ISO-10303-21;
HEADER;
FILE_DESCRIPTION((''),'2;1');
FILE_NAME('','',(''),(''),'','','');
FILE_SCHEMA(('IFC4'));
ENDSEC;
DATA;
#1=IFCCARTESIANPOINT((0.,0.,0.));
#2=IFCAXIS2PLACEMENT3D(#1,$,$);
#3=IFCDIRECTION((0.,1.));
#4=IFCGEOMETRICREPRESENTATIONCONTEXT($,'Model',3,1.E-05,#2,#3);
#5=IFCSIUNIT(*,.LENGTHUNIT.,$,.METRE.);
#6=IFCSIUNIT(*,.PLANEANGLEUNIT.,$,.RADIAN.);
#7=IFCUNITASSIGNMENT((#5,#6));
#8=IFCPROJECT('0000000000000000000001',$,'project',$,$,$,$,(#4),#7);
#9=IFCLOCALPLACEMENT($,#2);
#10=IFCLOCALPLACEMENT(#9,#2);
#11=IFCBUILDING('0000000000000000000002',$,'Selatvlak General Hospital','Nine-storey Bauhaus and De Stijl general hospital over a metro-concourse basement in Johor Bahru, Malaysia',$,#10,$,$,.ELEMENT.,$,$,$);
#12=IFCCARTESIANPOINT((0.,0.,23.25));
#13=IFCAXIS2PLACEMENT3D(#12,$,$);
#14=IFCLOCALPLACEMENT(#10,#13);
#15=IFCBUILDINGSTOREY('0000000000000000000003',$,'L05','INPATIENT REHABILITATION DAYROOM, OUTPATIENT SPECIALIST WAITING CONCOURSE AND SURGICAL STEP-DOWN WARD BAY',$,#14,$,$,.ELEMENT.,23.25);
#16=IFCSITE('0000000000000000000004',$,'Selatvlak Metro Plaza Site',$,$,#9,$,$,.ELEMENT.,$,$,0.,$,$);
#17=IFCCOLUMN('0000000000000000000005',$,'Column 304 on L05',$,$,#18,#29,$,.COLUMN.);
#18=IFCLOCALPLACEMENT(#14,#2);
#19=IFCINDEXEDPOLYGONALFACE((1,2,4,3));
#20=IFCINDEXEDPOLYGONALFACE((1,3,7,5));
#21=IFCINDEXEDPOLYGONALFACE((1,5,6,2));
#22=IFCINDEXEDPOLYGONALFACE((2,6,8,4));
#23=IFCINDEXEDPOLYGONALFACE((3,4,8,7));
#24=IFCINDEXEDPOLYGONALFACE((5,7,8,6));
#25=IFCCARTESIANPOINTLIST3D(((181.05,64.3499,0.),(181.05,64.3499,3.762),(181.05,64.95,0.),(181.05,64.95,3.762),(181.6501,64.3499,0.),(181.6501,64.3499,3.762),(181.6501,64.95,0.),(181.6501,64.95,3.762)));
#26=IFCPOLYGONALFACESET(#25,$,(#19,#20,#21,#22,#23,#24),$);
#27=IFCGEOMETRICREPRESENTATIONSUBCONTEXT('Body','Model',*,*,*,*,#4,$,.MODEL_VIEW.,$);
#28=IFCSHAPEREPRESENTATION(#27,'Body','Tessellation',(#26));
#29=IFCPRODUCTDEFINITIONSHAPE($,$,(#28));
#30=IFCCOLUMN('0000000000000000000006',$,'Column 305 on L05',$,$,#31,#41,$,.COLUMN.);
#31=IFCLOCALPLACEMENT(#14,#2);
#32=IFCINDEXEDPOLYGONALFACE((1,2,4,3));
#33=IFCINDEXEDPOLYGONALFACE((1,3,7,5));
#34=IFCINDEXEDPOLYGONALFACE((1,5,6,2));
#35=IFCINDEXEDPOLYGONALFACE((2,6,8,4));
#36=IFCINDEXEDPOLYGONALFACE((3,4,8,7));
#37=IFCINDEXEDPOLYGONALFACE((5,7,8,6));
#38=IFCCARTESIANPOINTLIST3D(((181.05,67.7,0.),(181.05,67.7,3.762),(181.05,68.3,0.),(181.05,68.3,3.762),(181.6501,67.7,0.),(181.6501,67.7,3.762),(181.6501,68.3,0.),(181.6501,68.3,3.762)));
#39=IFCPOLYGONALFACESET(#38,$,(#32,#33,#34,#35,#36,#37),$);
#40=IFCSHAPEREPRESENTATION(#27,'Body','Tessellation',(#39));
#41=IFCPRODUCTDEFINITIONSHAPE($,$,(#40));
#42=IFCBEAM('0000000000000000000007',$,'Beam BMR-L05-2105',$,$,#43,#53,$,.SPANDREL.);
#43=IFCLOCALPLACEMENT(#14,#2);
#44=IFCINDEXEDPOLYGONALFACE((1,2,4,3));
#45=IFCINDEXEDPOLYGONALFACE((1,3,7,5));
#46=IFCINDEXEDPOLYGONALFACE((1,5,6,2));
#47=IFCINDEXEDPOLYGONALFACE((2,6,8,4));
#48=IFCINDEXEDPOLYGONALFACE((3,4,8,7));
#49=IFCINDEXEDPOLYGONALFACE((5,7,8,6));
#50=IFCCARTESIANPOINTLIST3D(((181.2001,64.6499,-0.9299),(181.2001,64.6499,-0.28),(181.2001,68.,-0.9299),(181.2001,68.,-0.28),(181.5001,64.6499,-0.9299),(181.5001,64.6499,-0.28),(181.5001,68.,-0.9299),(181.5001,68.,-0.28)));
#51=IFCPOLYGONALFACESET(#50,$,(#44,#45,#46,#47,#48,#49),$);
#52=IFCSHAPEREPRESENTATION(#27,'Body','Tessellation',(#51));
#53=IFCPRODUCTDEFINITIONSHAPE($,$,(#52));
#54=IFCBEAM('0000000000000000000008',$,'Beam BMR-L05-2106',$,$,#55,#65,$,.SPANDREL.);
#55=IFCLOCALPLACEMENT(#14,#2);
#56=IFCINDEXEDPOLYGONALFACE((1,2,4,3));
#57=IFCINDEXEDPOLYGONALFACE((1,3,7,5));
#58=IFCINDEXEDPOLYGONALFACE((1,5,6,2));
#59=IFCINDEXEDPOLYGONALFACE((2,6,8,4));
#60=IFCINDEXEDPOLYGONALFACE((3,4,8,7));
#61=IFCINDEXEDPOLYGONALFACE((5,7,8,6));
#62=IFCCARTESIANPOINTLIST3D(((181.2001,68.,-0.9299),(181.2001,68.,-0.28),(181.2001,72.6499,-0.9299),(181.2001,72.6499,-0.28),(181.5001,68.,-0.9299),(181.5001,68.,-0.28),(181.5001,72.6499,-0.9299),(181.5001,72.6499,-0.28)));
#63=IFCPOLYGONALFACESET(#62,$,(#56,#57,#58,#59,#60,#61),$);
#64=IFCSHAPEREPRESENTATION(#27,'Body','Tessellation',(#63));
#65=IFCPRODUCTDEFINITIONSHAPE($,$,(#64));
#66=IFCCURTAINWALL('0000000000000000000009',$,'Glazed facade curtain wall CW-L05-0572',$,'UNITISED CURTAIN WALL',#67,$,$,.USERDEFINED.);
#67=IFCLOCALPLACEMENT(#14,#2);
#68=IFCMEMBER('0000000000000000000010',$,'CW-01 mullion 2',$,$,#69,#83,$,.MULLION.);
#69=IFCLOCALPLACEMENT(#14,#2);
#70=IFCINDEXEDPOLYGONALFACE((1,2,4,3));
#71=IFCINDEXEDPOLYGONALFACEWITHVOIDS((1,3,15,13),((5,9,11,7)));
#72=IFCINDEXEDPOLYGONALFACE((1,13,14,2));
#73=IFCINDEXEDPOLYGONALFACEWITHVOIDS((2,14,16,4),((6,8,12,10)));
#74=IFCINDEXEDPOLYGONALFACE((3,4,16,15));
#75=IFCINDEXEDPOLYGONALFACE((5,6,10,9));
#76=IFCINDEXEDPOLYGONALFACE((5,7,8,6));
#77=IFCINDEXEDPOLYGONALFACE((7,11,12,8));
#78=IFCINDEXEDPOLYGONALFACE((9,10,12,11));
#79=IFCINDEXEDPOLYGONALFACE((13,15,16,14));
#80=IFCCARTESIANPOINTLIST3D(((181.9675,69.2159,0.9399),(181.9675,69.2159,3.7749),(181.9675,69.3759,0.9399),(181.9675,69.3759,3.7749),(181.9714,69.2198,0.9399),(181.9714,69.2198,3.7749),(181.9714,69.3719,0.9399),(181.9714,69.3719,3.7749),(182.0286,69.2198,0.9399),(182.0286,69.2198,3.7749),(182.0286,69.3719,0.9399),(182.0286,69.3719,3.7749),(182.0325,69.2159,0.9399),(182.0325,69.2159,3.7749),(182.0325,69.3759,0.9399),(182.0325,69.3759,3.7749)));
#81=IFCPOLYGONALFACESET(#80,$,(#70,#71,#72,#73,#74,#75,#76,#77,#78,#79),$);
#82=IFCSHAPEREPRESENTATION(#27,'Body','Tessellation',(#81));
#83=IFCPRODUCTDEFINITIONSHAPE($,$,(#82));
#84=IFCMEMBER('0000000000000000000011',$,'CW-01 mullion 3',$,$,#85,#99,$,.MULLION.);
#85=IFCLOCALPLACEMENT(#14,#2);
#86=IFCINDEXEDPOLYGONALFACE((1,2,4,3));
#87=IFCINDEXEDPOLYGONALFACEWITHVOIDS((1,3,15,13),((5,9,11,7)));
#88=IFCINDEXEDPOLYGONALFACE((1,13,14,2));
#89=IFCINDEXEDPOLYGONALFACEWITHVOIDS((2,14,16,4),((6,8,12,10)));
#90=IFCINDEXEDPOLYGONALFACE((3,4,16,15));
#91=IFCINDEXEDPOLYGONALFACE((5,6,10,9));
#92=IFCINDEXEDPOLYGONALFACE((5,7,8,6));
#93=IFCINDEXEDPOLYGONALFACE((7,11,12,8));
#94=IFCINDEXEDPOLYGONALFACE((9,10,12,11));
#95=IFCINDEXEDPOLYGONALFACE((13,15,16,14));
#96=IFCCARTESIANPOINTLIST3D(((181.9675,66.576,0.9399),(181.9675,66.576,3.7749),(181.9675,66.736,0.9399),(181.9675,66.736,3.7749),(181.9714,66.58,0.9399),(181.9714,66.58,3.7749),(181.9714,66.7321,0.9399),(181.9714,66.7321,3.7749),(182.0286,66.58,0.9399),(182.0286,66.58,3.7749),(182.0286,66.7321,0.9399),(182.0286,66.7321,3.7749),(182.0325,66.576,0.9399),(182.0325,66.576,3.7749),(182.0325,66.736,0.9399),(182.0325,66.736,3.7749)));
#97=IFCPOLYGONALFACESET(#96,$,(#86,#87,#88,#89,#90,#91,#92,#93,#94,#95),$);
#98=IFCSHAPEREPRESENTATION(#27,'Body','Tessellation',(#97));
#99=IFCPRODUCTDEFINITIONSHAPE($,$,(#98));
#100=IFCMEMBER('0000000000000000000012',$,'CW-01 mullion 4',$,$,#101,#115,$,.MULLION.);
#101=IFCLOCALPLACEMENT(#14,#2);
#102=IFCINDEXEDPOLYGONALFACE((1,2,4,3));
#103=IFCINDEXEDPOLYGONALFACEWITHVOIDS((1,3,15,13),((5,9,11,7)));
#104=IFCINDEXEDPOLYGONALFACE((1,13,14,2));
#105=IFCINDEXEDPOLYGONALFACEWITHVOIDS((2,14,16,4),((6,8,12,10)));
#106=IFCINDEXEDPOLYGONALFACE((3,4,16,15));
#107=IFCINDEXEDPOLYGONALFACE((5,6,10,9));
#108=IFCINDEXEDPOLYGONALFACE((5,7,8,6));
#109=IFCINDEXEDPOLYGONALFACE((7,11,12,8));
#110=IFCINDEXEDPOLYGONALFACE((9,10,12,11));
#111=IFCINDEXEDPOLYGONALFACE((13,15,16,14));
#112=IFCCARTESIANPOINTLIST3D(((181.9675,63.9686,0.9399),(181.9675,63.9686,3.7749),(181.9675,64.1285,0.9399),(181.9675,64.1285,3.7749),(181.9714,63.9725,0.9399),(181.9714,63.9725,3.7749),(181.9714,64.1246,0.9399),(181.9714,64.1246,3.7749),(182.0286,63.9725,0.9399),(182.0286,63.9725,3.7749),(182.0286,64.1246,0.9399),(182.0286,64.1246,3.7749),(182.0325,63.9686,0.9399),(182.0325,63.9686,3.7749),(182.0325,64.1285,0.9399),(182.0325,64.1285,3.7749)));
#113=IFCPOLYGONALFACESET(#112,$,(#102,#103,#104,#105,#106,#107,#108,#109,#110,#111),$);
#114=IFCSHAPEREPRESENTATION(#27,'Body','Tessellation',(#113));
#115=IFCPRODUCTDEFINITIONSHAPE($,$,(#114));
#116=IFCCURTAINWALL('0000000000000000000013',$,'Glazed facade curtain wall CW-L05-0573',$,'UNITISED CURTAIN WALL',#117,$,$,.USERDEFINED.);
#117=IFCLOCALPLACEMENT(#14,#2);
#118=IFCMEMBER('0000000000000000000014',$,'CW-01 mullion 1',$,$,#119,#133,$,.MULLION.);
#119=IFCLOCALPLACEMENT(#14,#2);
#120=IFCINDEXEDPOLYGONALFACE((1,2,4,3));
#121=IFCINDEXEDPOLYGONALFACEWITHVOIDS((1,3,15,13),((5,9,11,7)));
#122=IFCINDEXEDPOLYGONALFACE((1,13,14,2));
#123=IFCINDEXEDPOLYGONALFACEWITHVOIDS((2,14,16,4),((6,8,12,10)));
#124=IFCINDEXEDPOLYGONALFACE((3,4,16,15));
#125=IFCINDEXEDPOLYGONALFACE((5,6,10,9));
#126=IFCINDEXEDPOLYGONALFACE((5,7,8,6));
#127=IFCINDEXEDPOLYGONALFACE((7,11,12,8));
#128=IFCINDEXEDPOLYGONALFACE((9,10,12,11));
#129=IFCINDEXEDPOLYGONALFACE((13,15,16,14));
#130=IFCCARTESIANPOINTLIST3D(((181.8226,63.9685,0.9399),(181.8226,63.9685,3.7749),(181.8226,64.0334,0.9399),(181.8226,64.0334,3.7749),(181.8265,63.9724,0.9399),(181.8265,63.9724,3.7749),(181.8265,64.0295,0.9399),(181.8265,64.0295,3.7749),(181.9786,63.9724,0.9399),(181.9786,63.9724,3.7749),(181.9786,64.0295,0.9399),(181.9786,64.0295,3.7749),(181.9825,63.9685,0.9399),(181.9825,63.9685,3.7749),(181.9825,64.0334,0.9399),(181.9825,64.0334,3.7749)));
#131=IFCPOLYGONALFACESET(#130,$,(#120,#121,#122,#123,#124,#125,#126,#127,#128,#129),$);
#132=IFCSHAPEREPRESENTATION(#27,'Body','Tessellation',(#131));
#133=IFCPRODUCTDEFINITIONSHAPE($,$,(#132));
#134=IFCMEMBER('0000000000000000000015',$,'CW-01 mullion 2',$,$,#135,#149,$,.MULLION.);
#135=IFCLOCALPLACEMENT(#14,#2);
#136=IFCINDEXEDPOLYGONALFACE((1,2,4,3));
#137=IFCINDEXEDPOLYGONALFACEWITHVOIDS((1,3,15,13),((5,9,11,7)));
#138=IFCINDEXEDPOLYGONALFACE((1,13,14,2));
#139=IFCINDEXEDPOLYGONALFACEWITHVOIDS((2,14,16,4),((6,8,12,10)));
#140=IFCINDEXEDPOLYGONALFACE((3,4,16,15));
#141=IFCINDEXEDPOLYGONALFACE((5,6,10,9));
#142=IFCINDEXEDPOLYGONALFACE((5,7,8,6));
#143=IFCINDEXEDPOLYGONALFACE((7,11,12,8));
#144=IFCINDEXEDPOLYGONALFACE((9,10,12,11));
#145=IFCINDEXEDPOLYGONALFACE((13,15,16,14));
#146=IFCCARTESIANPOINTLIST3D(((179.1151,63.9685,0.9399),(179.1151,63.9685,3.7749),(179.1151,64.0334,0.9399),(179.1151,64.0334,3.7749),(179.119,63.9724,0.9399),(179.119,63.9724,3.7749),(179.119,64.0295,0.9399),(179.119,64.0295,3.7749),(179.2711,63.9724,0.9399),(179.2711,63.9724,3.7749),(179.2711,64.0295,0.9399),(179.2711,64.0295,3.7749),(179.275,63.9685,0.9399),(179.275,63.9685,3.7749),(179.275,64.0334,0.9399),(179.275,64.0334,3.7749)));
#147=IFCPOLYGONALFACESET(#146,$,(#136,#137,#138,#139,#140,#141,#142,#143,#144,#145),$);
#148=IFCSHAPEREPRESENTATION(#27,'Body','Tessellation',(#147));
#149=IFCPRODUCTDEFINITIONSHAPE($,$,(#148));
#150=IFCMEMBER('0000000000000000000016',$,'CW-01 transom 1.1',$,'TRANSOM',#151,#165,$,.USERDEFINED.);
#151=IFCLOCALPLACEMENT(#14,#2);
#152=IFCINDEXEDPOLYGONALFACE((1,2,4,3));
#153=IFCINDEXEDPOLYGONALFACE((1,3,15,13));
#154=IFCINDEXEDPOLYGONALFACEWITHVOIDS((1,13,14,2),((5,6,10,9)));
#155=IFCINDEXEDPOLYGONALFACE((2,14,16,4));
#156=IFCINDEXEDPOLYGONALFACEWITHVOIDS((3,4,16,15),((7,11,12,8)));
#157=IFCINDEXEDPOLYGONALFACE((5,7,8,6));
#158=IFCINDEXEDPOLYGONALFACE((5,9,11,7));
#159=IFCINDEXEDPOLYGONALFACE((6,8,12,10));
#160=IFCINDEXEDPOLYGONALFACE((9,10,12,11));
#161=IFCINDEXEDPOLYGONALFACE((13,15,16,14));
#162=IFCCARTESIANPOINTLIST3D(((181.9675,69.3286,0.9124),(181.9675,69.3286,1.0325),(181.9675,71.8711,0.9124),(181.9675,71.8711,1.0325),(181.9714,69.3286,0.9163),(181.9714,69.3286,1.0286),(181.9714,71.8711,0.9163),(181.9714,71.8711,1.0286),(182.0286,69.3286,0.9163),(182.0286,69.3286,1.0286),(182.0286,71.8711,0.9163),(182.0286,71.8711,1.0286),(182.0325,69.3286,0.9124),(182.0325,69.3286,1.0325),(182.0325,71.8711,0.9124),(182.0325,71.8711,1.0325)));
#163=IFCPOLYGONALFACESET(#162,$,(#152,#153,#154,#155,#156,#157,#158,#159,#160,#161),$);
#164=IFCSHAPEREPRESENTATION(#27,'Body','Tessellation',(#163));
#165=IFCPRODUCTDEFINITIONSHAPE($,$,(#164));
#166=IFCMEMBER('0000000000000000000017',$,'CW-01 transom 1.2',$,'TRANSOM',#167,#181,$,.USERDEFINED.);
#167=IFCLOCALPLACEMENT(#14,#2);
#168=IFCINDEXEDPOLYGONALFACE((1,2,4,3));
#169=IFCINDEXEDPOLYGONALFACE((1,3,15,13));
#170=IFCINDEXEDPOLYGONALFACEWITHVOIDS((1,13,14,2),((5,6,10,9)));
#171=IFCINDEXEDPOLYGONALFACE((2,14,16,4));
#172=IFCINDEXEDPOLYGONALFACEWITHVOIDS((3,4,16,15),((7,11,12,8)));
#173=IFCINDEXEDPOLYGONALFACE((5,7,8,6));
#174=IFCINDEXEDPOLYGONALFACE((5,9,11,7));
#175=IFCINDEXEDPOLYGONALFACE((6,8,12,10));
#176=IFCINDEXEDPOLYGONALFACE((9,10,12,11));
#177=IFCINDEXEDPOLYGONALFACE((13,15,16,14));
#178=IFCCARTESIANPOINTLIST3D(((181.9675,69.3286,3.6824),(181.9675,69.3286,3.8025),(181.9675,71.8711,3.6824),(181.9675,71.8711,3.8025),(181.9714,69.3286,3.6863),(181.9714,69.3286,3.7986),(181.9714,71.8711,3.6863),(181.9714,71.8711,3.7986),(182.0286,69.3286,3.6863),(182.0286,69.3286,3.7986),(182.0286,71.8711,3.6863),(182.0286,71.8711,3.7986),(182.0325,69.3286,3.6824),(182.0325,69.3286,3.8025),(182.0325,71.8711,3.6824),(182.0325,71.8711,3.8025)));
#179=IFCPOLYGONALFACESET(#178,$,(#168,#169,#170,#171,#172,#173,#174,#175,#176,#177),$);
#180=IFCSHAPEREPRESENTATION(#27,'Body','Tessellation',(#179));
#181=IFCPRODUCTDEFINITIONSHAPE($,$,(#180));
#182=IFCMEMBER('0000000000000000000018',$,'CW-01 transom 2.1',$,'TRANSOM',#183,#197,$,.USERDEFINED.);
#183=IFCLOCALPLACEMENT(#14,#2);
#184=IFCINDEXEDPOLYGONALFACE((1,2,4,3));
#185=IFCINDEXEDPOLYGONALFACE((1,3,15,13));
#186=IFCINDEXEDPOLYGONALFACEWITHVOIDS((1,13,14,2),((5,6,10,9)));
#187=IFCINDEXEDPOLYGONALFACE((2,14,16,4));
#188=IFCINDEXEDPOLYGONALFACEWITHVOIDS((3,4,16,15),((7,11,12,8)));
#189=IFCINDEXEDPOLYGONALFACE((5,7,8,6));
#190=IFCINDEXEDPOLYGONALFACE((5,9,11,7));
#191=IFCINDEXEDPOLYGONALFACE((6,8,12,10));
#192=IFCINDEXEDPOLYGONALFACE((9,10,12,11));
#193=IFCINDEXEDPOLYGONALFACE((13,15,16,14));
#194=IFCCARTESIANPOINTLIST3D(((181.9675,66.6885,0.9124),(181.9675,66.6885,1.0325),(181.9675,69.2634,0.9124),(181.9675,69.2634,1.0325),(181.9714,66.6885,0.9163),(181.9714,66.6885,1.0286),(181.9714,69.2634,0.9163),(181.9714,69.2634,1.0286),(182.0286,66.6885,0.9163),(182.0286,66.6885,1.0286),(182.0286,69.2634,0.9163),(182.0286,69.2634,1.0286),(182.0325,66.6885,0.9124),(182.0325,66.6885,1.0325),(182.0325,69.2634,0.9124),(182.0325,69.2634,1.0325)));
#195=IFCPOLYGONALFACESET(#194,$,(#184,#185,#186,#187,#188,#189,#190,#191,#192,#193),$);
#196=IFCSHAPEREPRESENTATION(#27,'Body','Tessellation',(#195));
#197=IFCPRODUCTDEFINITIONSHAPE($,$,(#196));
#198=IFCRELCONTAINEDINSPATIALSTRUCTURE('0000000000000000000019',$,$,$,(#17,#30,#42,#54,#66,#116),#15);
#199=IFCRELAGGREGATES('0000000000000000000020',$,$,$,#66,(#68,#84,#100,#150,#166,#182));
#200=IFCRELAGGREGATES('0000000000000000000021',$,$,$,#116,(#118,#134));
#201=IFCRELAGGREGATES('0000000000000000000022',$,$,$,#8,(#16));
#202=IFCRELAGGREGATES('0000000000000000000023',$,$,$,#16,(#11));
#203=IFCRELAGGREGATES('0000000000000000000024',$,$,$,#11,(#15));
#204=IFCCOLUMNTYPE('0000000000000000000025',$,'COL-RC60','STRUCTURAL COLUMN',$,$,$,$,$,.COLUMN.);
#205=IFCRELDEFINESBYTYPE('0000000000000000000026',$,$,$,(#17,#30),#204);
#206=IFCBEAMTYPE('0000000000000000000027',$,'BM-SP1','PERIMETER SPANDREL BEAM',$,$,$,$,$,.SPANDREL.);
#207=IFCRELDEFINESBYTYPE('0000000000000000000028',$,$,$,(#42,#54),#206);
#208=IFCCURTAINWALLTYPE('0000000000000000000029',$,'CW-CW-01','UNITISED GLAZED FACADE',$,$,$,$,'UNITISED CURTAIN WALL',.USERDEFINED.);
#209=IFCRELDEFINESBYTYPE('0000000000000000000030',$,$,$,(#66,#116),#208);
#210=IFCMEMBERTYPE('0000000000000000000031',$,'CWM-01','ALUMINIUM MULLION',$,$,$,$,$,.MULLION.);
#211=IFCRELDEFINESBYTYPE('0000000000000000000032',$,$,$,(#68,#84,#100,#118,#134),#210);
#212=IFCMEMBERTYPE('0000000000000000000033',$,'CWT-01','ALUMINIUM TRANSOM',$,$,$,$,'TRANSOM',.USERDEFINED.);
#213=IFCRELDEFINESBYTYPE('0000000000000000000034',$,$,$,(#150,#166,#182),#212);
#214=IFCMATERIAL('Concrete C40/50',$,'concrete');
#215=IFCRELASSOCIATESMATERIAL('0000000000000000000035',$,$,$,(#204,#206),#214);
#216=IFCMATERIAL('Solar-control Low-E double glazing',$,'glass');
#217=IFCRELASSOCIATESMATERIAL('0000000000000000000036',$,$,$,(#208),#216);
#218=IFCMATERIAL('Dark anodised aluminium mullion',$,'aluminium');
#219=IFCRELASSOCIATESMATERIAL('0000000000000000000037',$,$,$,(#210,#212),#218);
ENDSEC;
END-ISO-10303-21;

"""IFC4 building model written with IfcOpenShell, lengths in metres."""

from ifc_helpers import new_model, si_unit, direction, frame, origin, origin_2d, place, context, subcontext, project, spatial, rectangle, hollow_rectangle, extrude, material, material_profile, profile_set, type_object, element, aggregate, save


model = new_model("IFC4")

# Units and contexts
model_context = context("Model", 3, precision=1e-05, world=origin(), true_north=direction((0.0, 1.0)))
body_context = subcontext(model_context, "Body", "Model", "MODEL_VIEW")
ifc_project = project(units=[si_unit("LENGTHUNIT", "METRE"), si_unit("PLANEANGLEUNIT", "RADIAN")], contexts=[model_context])

# Site, building, storey
site_placement = place(None, origin())
site = spatial("IfcSite", under=ifc_project, at=site_placement, Name="Selatvlak Metro Plaza Site", CompositionType="ELEMENT", RefElevation=0.0)
building_placement = place(site_placement, origin())
building = spatial("IfcBuilding", under=site, at=building_placement, Name="Selatvlak General Hospital", Description="Nine-storey Bauhaus and De Stijl general hospital over a metro-concourse basement in Johor Bahru, Malaysia", CompositionType="ELEMENT")
storey_placement = place(building_placement, frame((0.0, 0.0, 23.25)))
storey = spatial("IfcBuildingStorey", under=building, at=storey_placement, Name="L05", Description="INPATIENT REHABILITATION DAYROOM, OUTPATIENT SPECIALIST WAITING CONCOURSE AND SURGICAL STEP-DOWN WARD BAY", CompositionType="ELEMENT", Elevation=23.25)

# Columns
ifc_material_1 = material(Name="Concrete C40/50", Category="concrete")
ifc_material_profile_1 = material_profile(ifc_material_1, rectangle(XDim=0.6001, YDim=0.6001, at=origin_2d()), Name="RC-COL 600x600")
ifc_profile_set_1 = profile_set([ifc_material_profile_1], Name="Concrete C40/50")
column_type = type_object("IfcColumnType", Name="COL-RC60", Description="STRUCTURAL COLUMN", PredefinedType="COLUMN", material=ifc_profile_set_1)
for number, where, z_axis, x_axis, name in (
    (1, (181.3501, 64.6499, 0.0), (0.0, 0.0, 1.0), (1.0, 0.0, 0.0), "Column 304 on L05"),
    (2, (181.3501, 68.0, 0.0), (0.0, 0.0, 1.0), (1.0, 0.0, 0.0), "Column 305 on L05"),
):
    element("IfcColumn", number, at=place(storey_placement, frame(where, z_axis=z_axis, x_axis=x_axis)), inside=storey, type_object=column_type, Name=name, PredefinedType="COLUMN", context=body_context, shape_type="SweptSolid", body=[
        extrude(rectangle(XDim=0.6001, YDim=0.6001, at=origin_2d()), origin(), (0.0, 0.0, 1.0), 3.762),
    ])

# Beams
ifc_material_profile_2 = material_profile(ifc_material_1, rectangle(XDim=0.3, YDim=0.6499, at=origin_2d()), Name="RC-SP 300x650")
ifc_profile_set_2 = profile_set([ifc_material_profile_2], Name="Concrete C40/50")
beam_type = type_object("IfcBeamType", Name="BM-SP1", Description="PERIMETER SPANDREL BEAM", PredefinedType="SPANDREL", material=ifc_profile_set_2)
beam_1_placement = place(storey_placement, frame((181.3501, 64.6499, -0.605), z_axis=(0.0, 1.0, 0.0), x_axis=(-1.0, 0.0, 0.0)))
element("IfcBeam", 3, at=beam_1_placement, inside=storey, type_object=beam_type, Name="Beam BMR-L05-2105", PredefinedType="SPANDREL", context=body_context, shape_type="SweptSolid", body=[
    extrude(rectangle(XDim=0.3, YDim=0.6499, at=origin_2d()), origin(), (0.0, 0.0, 1.0), 3.3501),
])
beam_2_placement = place(storey_placement, frame((181.3501, 68.0, -0.605), z_axis=(0.0, 1.0, 0.0), x_axis=(-1.0, 0.0, 0.0)))
element("IfcBeam", 4, at=beam_2_placement, inside=storey, type_object=beam_type, Name="Beam BMR-L05-2106", PredefinedType="SPANDREL", context=body_context, shape_type="SweptSolid", body=[
    extrude(rectangle(XDim=0.3, YDim=0.6499, at=origin_2d()), origin(), (0.0, 0.0, 1.0), 4.6499),
])

# Curtain walls, members
ifc_material_2 = material(Name="Solar-control Low-E double glazing", Category="glass")
curtain_wall_type = type_object("IfcCurtainWallType", Name="CW-CW-01", Description="UNITISED GLAZED FACADE", ElementType="UNITISED CURTAIN WALL", PredefinedType="USERDEFINED", material=ifc_material_2)
curtain_wall_1_placement = place(storey_placement, origin())
curtain_wall_1 = element("IfcCurtainWall", 5, at=curtain_wall_1_placement, inside=storey, type_object=curtain_wall_type, Name="Glazed facade curtain wall CW-L05-0572", ObjectType="UNITISED CURTAIN WALL", PredefinedType="USERDEFINED")
ifc_material_3 = material(Name="Dark anodised aluminium mullion", Category="aluminium")
ifc_material_profile_3 = material_profile(ifc_material_3, hollow_rectangle(XDim=0.0649, YDim=0.1599, WallThickness=0.0039, at=origin_2d()), Name="AL-MUL 65x160x4")
ifc_profile_set_3 = profile_set([ifc_material_profile_3], Name="Dark anodised aluminium mullion")
member_type_1 = type_object("IfcMemberType", Name="CWM-01", Description="ALUMINIUM MULLION", PredefinedType="MULLION", material=ifc_profile_set_3)
member_1_placement = place(storey_placement, frame((182.0, 69.2959, 0.9399), z_axis=(0.0, 0.0, 1.0), x_axis=(1.0, 0.0, 0.0)))
member_1 = element("IfcMember", 6, at=member_1_placement, type_object=member_type_1, Name="CW-01 mullion 2", PredefinedType="MULLION", context=body_context, shape_type="SweptSolid", body=[
    extrude(hollow_rectangle(XDim=0.0649, YDim=0.1599, WallThickness=0.0039, at=origin_2d()), origin(), (0.0, 0.0, 1.0), 2.835),
])
member_2_placement = place(storey_placement, frame((182.0, 66.656, 0.9399), z_axis=(0.0, 0.0, 1.0), x_axis=(1.0, 0.0, 0.0)))
member_2 = element("IfcMember", 7, at=member_2_placement, type_object=member_type_1, Name="CW-01 mullion 3", PredefinedType="MULLION", context=body_context, shape_type="SweptSolid", body=[
    extrude(hollow_rectangle(XDim=0.0649, YDim=0.1599, WallThickness=0.0039, at=origin_2d()), origin(), (0.0, 0.0, 1.0), 2.835),
])
member_3_placement = place(storey_placement, frame((182.0, 64.0486, 0.9399), z_axis=(0.0, 0.0, 1.0), x_axis=(1.0, 0.0, 0.0)))
member_3 = element("IfcMember", 8, at=member_3_placement, type_object=member_type_1, Name="CW-01 mullion 4", PredefinedType="MULLION", context=body_context, shape_type="SweptSolid", body=[
    extrude(hollow_rectangle(XDim=0.0649, YDim=0.1599, WallThickness=0.0039, at=origin_2d()), origin(), (0.0, 0.0, 1.0), 2.835),
])
curtain_wall_2_placement = place(storey_placement, origin())
curtain_wall_2 = element("IfcCurtainWall", 9, at=curtain_wall_2_placement, inside=storey, type_object=curtain_wall_type, Name="Glazed facade curtain wall CW-L05-0573", ObjectType="UNITISED CURTAIN WALL", PredefinedType="USERDEFINED")
member_4_placement = place(storey_placement, frame((181.9026, 64.001, 0.9399), z_axis=(0.0, 0.0, 1.0), x_axis=(0.0, -1.0, 0.0)))
member_4 = element("IfcMember", 10, at=member_4_placement, type_object=member_type_1, Name="CW-01 mullion 1", PredefinedType="MULLION", context=body_context, shape_type="SweptSolid", body=[
    extrude(hollow_rectangle(XDim=0.0649, YDim=0.1599, WallThickness=0.0039, at=origin_2d()), origin(), (0.0, 0.0, 1.0), 2.835),
])
member_5_placement = place(storey_placement, frame((179.1951, 64.001, 0.9399), z_axis=(0.0, 0.0, 1.0), x_axis=(0.0, -1.0, 0.0)))
member_5 = element("IfcMember", 11, at=member_5_placement, type_object=member_type_1, Name="CW-01 mullion 2", PredefinedType="MULLION", context=body_context, shape_type="SweptSolid", body=[
    extrude(hollow_rectangle(XDim=0.0649, YDim=0.1599, WallThickness=0.0039, at=origin_2d()), origin(), (0.0, 0.0, 1.0), 2.835),
])

# Members
ifc_material_profile_4 = material_profile(ifc_material_3, hollow_rectangle(XDim=0.0649, YDim=0.1201, WallThickness=0.0039, at=origin_2d()), Name="AL-TRN 65x120x4")
ifc_profile_set_4 = profile_set([ifc_material_profile_4], Name="Dark anodised aluminium mullion")
member_type_2 = type_object("IfcMemberType", Name="CWT-01", Description="ALUMINIUM TRANSOM", ElementType="TRANSOM", PredefinedType="USERDEFINED", material=ifc_profile_set_4)
member_6_placement = place(storey_placement, frame((182.0, 71.8711, 0.9724), z_axis=(0.0, -1.0, 0.0), x_axis=(1.0, 0.0, 0.0)))
member_6 = element("IfcMember", 12, at=member_6_placement, type_object=member_type_2, Name="CW-01 transom 1.1", ObjectType="TRANSOM", PredefinedType="USERDEFINED", context=body_context, shape_type="SweptSolid", body=[
    extrude(hollow_rectangle(XDim=0.0649, YDim=0.1201, WallThickness=0.0039, at=origin_2d()), origin(), (0.0, 0.0, 1.0), 2.5425),
])
member_7_placement = place(storey_placement, frame((182.0, 71.8711, 3.7424), z_axis=(0.0, -1.0, 0.0), x_axis=(1.0, 0.0, 0.0)))
member_7 = element("IfcMember", 13, at=member_7_placement, type_object=member_type_2, Name="CW-01 transom 1.2", ObjectType="TRANSOM", PredefinedType="USERDEFINED", context=body_context, shape_type="SweptSolid", body=[
    extrude(hollow_rectangle(XDim=0.0649, YDim=0.1201, WallThickness=0.0039, at=origin_2d()), origin(), (0.0, 0.0, 1.0), 2.5425),
])
member_8_placement = place(storey_placement, frame((182.0, 69.2634, 0.9724), z_axis=(0.0, -1.0, 0.0), x_axis=(1.0, 0.0, 0.0)))
member_8 = element("IfcMember", 14, at=member_8_placement, type_object=member_type_2, Name="CW-01 transom 2.1", ObjectType="TRANSOM", PredefinedType="USERDEFINED", context=body_context, shape_type="SweptSolid", body=[
    extrude(hollow_rectangle(XDim=0.0649, YDim=0.1201, WallThickness=0.0039, at=origin_2d()), origin(), (0.0, 0.0, 1.0), 2.575),
])

aggregate(curtain_wall_1, [member_1, member_2, member_3, member_6, member_7, member_8])
aggregate(curtain_wall_2, [member_4, member_5])

save(model, "model.ifc")
